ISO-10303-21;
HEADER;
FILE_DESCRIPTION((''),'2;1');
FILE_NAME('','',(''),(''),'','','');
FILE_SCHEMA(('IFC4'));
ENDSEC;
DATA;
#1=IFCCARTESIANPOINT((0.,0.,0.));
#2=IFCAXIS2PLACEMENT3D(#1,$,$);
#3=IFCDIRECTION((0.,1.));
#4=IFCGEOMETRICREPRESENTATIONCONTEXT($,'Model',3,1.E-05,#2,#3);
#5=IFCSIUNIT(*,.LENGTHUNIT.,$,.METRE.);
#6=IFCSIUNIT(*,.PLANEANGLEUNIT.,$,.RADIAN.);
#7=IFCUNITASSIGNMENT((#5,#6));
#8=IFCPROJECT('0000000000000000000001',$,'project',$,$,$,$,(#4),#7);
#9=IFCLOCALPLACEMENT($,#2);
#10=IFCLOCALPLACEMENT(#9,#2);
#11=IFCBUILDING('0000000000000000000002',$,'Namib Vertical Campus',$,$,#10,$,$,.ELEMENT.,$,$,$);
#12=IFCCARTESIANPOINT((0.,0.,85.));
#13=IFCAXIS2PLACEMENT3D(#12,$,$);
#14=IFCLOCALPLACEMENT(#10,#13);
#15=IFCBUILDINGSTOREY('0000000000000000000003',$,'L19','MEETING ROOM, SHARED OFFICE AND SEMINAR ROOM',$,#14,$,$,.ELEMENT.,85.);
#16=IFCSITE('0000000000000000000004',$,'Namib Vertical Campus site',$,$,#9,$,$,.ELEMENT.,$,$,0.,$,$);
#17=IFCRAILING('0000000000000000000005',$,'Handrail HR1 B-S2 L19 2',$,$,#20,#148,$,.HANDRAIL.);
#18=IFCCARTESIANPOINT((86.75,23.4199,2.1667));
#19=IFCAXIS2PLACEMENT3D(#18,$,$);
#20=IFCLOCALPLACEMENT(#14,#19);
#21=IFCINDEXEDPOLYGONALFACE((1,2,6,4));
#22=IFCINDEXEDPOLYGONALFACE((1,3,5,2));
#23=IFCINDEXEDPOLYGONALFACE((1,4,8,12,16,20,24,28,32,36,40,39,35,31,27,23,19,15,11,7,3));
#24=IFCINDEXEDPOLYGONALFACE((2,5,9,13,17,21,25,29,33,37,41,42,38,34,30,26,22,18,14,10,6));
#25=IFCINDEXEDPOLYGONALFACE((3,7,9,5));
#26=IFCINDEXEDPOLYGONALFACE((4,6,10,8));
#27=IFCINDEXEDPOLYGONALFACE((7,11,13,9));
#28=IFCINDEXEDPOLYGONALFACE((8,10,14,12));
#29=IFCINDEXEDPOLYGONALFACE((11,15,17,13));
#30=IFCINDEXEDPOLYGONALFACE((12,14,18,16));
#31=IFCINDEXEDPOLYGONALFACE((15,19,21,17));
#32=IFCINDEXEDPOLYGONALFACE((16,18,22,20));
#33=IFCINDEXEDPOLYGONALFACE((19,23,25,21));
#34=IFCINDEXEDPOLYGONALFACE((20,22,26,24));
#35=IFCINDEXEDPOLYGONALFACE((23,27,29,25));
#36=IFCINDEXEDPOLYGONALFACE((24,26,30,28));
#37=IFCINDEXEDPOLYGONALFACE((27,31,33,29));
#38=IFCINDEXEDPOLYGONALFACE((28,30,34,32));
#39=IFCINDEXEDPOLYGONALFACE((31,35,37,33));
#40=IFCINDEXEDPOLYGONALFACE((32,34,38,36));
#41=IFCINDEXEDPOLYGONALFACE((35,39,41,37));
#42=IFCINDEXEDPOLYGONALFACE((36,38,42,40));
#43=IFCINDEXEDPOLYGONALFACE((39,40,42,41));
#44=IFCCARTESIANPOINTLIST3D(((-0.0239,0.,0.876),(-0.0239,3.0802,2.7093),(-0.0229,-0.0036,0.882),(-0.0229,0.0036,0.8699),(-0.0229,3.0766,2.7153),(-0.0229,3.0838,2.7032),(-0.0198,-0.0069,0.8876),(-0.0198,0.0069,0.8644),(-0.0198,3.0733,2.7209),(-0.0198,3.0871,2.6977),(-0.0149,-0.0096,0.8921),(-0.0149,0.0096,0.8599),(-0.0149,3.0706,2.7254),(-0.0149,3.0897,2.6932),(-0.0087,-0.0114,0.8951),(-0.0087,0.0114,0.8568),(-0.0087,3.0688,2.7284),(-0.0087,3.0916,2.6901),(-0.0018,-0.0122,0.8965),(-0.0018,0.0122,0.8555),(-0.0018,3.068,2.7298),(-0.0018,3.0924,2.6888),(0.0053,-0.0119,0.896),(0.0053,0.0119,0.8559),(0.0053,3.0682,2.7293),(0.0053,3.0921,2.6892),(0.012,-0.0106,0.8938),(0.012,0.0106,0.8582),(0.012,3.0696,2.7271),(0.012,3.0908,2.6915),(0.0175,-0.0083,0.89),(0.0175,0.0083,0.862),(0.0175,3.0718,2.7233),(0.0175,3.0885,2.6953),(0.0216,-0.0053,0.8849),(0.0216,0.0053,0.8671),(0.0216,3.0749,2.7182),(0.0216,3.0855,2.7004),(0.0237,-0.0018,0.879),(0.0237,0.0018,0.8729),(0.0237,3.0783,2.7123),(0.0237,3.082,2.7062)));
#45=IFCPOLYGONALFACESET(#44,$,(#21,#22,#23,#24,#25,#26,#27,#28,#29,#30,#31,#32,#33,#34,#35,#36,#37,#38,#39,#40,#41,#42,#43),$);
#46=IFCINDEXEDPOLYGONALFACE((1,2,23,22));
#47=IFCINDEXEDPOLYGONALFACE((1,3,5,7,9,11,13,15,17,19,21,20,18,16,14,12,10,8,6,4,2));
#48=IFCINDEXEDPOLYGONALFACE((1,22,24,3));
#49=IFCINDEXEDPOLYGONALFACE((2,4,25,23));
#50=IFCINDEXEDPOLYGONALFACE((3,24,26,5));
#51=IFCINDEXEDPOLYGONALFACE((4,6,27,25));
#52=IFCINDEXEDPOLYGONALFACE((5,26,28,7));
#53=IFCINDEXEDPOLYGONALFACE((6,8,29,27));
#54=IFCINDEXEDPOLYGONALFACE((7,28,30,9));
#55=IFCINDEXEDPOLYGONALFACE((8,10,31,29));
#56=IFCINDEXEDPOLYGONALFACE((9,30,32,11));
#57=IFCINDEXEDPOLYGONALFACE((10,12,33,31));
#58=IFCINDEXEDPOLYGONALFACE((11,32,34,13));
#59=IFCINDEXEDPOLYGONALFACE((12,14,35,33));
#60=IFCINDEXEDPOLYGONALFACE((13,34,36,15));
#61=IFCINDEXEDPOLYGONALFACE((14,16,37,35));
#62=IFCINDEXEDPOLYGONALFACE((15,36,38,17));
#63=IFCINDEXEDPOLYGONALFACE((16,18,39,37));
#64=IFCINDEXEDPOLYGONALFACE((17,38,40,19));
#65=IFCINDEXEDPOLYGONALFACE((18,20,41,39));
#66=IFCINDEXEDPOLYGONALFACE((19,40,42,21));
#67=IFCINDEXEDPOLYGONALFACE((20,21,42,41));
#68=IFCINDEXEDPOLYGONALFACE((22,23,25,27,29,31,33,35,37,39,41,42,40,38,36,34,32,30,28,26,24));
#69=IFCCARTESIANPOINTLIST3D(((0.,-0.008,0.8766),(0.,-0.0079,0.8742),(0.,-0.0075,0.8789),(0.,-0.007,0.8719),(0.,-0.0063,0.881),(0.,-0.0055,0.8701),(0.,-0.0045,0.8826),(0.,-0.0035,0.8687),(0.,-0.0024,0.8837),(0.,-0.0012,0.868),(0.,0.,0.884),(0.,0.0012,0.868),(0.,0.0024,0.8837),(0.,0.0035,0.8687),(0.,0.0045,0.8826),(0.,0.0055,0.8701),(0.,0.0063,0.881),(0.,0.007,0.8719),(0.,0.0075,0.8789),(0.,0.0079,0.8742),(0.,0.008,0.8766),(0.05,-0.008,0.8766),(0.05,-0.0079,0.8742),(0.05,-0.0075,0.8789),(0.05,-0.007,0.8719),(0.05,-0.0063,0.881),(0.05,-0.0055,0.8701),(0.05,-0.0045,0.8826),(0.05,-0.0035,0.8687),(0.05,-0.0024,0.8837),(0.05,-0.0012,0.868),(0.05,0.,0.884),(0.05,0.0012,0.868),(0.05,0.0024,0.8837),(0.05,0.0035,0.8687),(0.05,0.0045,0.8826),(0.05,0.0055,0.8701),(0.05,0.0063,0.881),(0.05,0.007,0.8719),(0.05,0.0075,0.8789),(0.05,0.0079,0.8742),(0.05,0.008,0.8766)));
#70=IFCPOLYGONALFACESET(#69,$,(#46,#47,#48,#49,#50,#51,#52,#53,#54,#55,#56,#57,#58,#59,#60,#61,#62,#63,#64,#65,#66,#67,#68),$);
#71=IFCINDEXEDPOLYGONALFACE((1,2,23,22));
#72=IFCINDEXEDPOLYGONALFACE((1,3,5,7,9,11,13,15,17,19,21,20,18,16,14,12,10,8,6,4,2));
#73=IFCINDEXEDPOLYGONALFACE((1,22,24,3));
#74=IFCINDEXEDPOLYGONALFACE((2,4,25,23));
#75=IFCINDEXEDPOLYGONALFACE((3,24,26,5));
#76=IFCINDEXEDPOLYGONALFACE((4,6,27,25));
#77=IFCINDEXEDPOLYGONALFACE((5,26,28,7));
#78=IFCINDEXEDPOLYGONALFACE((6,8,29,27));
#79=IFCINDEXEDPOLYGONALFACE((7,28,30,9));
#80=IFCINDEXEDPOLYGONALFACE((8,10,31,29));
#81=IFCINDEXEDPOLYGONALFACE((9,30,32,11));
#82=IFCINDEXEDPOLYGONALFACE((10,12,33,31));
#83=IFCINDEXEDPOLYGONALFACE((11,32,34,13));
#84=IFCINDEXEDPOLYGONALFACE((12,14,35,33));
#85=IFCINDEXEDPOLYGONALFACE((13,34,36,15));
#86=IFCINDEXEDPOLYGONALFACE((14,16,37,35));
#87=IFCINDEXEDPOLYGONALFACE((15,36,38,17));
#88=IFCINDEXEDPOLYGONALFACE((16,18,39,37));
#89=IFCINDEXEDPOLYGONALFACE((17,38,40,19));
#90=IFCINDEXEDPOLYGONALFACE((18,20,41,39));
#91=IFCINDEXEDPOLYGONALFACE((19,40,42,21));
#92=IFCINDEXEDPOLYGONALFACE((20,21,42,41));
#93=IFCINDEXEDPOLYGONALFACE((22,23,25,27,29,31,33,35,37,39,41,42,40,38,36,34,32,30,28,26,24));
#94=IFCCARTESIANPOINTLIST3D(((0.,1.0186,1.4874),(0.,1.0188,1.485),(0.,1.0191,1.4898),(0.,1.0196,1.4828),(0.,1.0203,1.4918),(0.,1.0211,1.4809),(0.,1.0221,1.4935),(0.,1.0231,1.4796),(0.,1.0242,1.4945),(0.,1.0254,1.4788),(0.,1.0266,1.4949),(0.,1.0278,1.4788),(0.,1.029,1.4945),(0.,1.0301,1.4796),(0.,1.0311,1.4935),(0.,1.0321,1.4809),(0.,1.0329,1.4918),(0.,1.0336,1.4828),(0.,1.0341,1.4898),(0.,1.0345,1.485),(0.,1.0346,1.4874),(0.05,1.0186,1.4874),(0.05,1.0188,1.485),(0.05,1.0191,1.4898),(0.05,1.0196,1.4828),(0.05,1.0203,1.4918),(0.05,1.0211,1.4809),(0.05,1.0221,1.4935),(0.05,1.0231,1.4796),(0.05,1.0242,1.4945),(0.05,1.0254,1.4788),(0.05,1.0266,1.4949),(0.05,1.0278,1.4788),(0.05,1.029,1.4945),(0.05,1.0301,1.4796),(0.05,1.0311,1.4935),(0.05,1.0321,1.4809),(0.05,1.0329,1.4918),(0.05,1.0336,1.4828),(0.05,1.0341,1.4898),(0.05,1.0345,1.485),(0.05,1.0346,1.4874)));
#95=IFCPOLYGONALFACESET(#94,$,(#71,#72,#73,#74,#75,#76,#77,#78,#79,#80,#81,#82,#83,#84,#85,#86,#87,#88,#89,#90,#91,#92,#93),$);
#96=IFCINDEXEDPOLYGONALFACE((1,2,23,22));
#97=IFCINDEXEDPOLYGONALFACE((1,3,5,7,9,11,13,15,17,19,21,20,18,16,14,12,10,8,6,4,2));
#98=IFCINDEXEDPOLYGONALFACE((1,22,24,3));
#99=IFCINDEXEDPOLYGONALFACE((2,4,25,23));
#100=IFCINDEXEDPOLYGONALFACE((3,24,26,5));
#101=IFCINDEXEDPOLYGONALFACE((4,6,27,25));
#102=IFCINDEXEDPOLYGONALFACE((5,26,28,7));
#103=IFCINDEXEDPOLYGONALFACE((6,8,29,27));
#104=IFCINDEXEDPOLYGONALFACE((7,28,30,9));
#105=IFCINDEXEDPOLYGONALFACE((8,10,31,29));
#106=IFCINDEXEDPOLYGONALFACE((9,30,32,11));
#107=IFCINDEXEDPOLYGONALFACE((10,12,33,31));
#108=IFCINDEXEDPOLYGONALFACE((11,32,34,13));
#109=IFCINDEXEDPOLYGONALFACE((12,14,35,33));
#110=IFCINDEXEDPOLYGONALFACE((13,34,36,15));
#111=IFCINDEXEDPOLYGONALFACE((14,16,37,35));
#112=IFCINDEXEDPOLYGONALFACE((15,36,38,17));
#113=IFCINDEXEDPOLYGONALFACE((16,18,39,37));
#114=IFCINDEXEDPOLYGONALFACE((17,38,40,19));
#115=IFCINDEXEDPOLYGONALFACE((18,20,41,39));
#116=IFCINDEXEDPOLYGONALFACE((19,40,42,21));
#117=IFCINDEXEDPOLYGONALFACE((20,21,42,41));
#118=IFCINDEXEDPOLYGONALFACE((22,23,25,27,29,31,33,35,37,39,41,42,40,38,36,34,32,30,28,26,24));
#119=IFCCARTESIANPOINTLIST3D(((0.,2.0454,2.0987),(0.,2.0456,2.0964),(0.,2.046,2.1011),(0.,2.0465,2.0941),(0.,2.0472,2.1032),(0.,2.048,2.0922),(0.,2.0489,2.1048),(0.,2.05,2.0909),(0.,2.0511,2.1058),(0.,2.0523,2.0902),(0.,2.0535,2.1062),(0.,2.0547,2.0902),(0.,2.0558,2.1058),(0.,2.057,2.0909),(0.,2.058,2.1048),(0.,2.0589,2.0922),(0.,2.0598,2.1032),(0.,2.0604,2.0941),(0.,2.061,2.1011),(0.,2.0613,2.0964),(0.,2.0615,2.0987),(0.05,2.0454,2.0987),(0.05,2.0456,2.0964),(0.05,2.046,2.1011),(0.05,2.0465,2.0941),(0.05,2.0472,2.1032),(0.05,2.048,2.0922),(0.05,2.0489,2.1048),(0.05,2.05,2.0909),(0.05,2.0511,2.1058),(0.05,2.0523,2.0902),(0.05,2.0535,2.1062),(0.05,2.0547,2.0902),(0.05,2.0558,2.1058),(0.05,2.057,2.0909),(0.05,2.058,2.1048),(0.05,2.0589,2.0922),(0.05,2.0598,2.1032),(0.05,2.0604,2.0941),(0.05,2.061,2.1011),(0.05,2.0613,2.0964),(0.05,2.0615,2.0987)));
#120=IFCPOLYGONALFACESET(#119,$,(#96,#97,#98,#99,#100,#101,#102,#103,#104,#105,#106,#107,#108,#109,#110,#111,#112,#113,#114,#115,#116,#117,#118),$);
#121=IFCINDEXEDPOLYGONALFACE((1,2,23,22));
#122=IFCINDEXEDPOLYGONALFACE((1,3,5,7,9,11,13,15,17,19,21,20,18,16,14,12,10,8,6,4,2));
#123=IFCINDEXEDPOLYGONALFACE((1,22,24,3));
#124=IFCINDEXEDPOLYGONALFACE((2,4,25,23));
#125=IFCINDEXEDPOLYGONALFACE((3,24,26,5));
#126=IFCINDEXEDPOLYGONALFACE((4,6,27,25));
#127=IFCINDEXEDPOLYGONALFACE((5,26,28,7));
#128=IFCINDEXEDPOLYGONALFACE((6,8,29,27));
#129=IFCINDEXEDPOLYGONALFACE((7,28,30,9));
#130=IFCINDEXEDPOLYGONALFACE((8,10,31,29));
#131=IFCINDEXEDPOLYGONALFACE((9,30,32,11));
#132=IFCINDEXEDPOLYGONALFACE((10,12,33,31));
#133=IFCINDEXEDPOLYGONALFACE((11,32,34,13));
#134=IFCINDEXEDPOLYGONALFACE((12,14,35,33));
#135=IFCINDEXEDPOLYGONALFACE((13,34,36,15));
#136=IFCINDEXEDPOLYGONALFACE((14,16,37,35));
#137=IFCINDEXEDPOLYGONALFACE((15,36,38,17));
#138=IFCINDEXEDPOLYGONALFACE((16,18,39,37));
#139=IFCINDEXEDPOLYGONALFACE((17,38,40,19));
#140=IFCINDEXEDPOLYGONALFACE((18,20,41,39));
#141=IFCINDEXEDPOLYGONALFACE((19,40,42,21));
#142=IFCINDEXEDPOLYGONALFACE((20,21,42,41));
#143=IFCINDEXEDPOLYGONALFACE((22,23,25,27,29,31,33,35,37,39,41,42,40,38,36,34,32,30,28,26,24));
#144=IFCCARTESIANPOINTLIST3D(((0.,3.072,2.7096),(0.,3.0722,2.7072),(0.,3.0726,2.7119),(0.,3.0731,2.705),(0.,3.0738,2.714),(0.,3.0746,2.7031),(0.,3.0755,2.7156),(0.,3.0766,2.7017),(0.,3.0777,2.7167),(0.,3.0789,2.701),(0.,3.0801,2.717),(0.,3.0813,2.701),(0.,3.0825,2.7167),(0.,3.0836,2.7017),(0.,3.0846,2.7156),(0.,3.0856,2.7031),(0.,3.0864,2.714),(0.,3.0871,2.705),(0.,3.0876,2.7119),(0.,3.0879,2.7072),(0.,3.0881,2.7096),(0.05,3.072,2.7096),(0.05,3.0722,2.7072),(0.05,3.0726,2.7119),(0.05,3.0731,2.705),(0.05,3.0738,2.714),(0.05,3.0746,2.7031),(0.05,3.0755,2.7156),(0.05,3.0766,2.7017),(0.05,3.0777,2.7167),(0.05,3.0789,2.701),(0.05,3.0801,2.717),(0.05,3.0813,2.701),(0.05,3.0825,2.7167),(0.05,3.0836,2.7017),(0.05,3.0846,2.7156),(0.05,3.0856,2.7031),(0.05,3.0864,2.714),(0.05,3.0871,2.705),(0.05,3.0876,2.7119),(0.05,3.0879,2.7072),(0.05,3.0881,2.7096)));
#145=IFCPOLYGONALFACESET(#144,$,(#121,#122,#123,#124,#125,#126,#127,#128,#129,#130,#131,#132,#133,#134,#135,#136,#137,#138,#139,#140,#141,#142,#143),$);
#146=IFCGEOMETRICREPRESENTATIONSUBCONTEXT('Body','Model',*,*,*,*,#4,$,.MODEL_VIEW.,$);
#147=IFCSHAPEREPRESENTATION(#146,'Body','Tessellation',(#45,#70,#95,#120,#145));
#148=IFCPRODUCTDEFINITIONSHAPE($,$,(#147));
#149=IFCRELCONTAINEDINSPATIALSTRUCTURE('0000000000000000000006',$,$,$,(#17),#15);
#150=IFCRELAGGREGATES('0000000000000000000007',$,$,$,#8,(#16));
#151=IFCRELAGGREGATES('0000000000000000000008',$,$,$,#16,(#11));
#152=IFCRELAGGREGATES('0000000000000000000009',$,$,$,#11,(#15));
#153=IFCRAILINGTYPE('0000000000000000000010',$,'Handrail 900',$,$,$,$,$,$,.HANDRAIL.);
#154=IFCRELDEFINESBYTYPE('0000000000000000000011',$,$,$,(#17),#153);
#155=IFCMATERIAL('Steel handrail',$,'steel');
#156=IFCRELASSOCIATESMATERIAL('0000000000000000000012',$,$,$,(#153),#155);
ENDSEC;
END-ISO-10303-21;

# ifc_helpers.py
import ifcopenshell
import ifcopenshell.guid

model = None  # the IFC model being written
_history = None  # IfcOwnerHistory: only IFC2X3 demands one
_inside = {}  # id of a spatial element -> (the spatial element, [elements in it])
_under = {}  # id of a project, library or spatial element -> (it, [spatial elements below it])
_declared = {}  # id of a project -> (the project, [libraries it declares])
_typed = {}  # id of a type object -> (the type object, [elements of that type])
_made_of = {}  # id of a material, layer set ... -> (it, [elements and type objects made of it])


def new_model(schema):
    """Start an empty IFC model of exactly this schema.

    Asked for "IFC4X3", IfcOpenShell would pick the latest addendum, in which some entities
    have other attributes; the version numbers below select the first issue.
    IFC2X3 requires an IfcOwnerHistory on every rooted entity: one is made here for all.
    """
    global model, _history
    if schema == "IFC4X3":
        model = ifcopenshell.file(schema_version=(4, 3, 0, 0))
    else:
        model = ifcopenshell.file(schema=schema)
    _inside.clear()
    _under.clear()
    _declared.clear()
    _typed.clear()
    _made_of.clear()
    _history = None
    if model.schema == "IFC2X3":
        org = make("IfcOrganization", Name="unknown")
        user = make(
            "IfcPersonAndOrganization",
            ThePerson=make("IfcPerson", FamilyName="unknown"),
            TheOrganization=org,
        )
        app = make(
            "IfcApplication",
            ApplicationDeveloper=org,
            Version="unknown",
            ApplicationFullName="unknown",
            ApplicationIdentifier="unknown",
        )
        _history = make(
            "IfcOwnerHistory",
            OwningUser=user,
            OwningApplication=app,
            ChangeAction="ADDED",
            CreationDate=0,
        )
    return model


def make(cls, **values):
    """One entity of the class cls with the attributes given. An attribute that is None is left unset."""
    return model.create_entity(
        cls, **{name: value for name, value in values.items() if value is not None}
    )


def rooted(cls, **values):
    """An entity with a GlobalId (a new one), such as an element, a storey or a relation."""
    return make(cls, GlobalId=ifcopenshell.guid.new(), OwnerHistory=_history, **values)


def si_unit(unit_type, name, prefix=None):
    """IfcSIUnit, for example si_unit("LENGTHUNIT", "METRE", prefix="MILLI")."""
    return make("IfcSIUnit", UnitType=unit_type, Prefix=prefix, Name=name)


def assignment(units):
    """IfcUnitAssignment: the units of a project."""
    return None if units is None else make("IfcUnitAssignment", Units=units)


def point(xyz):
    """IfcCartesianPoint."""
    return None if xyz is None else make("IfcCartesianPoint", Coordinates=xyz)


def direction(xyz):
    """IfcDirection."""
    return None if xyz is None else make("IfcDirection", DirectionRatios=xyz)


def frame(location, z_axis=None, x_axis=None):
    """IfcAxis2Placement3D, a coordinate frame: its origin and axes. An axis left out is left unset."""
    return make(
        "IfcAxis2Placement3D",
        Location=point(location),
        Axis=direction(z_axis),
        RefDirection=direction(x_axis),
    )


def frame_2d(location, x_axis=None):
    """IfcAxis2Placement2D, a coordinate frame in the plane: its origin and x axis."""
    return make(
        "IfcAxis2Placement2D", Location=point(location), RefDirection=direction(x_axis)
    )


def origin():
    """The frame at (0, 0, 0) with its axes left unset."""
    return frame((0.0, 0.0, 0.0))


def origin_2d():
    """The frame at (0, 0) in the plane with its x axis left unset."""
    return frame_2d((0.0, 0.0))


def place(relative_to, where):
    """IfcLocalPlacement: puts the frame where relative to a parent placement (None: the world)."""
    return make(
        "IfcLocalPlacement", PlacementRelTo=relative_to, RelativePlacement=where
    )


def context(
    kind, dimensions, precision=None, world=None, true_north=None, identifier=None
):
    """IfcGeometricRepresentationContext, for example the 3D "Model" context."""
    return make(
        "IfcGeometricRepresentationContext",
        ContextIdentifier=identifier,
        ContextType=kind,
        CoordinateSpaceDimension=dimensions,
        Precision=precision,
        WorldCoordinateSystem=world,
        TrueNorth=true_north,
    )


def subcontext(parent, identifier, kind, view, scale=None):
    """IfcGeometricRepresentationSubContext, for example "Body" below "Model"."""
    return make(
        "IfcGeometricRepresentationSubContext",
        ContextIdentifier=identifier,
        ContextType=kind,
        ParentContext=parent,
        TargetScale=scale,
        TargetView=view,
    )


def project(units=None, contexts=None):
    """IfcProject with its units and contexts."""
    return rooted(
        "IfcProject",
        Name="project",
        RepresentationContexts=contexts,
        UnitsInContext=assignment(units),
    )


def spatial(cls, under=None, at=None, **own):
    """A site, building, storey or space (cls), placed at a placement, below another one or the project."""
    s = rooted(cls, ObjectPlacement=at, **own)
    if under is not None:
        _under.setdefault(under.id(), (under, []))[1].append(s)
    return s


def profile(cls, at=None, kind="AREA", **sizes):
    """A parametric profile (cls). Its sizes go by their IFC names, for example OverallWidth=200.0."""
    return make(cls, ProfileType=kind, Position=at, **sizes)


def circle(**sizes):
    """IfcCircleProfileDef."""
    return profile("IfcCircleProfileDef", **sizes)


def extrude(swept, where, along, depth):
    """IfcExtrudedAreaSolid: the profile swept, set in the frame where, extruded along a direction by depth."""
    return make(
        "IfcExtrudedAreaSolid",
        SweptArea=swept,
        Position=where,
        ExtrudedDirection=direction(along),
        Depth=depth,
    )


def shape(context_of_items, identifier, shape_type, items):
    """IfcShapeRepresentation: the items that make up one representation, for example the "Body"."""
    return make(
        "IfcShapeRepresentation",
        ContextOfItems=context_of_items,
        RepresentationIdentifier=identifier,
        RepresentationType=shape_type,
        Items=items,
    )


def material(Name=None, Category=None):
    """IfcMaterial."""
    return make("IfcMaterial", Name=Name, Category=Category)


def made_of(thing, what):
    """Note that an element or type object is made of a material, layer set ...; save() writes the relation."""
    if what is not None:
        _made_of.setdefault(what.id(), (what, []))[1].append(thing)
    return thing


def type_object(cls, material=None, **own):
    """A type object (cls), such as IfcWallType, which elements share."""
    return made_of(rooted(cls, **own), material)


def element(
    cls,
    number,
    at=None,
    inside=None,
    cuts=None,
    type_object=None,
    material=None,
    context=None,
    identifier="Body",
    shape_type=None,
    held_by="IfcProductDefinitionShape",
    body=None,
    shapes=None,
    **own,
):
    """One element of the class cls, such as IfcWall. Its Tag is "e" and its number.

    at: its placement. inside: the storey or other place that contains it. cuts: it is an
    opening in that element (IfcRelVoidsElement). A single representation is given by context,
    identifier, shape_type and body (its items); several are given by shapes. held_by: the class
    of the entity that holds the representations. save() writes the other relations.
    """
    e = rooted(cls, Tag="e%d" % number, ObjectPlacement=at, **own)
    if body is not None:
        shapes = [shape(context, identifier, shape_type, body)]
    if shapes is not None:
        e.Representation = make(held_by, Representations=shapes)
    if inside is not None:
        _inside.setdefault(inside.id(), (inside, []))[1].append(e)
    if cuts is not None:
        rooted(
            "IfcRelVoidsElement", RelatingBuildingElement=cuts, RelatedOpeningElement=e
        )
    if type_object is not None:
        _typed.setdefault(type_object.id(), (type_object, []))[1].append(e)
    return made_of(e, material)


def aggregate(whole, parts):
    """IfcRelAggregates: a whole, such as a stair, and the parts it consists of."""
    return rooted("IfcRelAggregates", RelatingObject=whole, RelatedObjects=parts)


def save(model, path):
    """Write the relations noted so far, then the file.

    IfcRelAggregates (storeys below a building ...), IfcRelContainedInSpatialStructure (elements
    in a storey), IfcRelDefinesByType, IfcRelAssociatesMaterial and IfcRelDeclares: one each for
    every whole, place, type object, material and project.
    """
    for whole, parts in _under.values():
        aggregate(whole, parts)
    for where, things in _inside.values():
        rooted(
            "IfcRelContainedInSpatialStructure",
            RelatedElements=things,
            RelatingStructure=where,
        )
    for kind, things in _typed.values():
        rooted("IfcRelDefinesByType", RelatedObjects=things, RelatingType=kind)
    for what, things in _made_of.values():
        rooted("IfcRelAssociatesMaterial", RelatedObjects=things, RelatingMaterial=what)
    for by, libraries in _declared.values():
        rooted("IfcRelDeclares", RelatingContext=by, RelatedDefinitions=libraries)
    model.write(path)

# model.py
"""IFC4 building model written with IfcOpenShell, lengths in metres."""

from ifc_helpers import new_model, si_unit, direction, frame, origin, origin_2d, place, context, subcontext, project, spatial, circle, extrude, material, type_object, element, save


model = new_model("IFC4")

# Units and contexts
model_context = context("Model", 3, precision=1e-05, world=origin(), true_north=direction((0.0, 1.0)))
body_context = subcontext(model_context, "Body", "Model", "MODEL_VIEW")
ifc_project = project(units=[si_unit("LENGTHUNIT", "METRE"), si_unit("PLANEANGLEUNIT", "RADIAN")], contexts=[model_context])

# Site, building, storey
site_placement = place(None, origin())
site = spatial("IfcSite", under=ifc_project, at=site_placement, Name="Namib Vertical Campus site", CompositionType="ELEMENT", RefElevation=0.0)
building_placement = place(site_placement, origin())
building = spatial("IfcBuilding", under=site, at=building_placement, Name="Namib Vertical Campus", CompositionType="ELEMENT")
storey_placement = place(building_placement, frame((0.0, 0.0, 85.0)))
storey = spatial("IfcBuildingStorey", under=building, at=storey_placement, Name="L19", Description="MEETING ROOM, SHARED OFFICE AND SEMINAR ROOM", CompositionType="ELEMENT", Elevation=85.0)

# Railing
ifc_material_1 = material(Name="Steel handrail", Category="steel")
railing_type = type_object("IfcRailingType", Name="Handrail 900", PredefinedType="HANDRAIL", material=ifc_material_1)
railing_1_placement = place(storey_placement, frame((86.75, 23.4199, 2.1667)))
element("IfcRailing", 1, at=railing_1_placement, inside=storey, type_object=railing_type, Name="Handrail HR1 B-S2 L19 2", PredefinedType="HANDRAIL", context=body_context, shape_type="SweptSolid", body=[
    extrude(circle(Radius=0.0239, at=origin_2d()), frame((0.0, 0.0, 0.876), z_axis=(0.0, 0.859309, 0.511458), x_axis=(-1.0, 0.0, 0.0)), (0.0, 0.0, 1.0), 3.5845),
    extrude(circle(Radius=0.0081, at=origin_2d()), frame((0.0, 0.0, 0.876), z_axis=(1.0, 0.0, 0.0), x_axis=(0.0, 0.0, 1.0)), (0.0, 0.0, 1.0), 0.05),
    extrude(circle(Radius=0.0081, at=origin_2d()), frame((0.0, 1.0266, 1.4868), z_axis=(1.0, 0.0, 0.0), x_axis=(0.0, 0.0, 1.0)), (0.0, 0.0, 1.0), 0.05),
    extrude(circle(Radius=0.0081, at=origin_2d()), frame((0.0, 2.0535, 2.0981), z_axis=(1.0, 0.0, 0.0), x_axis=(0.0, 0.0, 1.0)), (0.0, 0.0, 1.0), 0.05),
    extrude(circle(Radius=0.0081, at=origin_2d()), frame((0.0, 3.0801, 2.709), z_axis=(1.0, 0.0, 0.0), x_axis=(0.0, 0.0, 1.0)), (0.0, 0.0, 1.0), 0.05),
])

save(model, "model.ifc")
